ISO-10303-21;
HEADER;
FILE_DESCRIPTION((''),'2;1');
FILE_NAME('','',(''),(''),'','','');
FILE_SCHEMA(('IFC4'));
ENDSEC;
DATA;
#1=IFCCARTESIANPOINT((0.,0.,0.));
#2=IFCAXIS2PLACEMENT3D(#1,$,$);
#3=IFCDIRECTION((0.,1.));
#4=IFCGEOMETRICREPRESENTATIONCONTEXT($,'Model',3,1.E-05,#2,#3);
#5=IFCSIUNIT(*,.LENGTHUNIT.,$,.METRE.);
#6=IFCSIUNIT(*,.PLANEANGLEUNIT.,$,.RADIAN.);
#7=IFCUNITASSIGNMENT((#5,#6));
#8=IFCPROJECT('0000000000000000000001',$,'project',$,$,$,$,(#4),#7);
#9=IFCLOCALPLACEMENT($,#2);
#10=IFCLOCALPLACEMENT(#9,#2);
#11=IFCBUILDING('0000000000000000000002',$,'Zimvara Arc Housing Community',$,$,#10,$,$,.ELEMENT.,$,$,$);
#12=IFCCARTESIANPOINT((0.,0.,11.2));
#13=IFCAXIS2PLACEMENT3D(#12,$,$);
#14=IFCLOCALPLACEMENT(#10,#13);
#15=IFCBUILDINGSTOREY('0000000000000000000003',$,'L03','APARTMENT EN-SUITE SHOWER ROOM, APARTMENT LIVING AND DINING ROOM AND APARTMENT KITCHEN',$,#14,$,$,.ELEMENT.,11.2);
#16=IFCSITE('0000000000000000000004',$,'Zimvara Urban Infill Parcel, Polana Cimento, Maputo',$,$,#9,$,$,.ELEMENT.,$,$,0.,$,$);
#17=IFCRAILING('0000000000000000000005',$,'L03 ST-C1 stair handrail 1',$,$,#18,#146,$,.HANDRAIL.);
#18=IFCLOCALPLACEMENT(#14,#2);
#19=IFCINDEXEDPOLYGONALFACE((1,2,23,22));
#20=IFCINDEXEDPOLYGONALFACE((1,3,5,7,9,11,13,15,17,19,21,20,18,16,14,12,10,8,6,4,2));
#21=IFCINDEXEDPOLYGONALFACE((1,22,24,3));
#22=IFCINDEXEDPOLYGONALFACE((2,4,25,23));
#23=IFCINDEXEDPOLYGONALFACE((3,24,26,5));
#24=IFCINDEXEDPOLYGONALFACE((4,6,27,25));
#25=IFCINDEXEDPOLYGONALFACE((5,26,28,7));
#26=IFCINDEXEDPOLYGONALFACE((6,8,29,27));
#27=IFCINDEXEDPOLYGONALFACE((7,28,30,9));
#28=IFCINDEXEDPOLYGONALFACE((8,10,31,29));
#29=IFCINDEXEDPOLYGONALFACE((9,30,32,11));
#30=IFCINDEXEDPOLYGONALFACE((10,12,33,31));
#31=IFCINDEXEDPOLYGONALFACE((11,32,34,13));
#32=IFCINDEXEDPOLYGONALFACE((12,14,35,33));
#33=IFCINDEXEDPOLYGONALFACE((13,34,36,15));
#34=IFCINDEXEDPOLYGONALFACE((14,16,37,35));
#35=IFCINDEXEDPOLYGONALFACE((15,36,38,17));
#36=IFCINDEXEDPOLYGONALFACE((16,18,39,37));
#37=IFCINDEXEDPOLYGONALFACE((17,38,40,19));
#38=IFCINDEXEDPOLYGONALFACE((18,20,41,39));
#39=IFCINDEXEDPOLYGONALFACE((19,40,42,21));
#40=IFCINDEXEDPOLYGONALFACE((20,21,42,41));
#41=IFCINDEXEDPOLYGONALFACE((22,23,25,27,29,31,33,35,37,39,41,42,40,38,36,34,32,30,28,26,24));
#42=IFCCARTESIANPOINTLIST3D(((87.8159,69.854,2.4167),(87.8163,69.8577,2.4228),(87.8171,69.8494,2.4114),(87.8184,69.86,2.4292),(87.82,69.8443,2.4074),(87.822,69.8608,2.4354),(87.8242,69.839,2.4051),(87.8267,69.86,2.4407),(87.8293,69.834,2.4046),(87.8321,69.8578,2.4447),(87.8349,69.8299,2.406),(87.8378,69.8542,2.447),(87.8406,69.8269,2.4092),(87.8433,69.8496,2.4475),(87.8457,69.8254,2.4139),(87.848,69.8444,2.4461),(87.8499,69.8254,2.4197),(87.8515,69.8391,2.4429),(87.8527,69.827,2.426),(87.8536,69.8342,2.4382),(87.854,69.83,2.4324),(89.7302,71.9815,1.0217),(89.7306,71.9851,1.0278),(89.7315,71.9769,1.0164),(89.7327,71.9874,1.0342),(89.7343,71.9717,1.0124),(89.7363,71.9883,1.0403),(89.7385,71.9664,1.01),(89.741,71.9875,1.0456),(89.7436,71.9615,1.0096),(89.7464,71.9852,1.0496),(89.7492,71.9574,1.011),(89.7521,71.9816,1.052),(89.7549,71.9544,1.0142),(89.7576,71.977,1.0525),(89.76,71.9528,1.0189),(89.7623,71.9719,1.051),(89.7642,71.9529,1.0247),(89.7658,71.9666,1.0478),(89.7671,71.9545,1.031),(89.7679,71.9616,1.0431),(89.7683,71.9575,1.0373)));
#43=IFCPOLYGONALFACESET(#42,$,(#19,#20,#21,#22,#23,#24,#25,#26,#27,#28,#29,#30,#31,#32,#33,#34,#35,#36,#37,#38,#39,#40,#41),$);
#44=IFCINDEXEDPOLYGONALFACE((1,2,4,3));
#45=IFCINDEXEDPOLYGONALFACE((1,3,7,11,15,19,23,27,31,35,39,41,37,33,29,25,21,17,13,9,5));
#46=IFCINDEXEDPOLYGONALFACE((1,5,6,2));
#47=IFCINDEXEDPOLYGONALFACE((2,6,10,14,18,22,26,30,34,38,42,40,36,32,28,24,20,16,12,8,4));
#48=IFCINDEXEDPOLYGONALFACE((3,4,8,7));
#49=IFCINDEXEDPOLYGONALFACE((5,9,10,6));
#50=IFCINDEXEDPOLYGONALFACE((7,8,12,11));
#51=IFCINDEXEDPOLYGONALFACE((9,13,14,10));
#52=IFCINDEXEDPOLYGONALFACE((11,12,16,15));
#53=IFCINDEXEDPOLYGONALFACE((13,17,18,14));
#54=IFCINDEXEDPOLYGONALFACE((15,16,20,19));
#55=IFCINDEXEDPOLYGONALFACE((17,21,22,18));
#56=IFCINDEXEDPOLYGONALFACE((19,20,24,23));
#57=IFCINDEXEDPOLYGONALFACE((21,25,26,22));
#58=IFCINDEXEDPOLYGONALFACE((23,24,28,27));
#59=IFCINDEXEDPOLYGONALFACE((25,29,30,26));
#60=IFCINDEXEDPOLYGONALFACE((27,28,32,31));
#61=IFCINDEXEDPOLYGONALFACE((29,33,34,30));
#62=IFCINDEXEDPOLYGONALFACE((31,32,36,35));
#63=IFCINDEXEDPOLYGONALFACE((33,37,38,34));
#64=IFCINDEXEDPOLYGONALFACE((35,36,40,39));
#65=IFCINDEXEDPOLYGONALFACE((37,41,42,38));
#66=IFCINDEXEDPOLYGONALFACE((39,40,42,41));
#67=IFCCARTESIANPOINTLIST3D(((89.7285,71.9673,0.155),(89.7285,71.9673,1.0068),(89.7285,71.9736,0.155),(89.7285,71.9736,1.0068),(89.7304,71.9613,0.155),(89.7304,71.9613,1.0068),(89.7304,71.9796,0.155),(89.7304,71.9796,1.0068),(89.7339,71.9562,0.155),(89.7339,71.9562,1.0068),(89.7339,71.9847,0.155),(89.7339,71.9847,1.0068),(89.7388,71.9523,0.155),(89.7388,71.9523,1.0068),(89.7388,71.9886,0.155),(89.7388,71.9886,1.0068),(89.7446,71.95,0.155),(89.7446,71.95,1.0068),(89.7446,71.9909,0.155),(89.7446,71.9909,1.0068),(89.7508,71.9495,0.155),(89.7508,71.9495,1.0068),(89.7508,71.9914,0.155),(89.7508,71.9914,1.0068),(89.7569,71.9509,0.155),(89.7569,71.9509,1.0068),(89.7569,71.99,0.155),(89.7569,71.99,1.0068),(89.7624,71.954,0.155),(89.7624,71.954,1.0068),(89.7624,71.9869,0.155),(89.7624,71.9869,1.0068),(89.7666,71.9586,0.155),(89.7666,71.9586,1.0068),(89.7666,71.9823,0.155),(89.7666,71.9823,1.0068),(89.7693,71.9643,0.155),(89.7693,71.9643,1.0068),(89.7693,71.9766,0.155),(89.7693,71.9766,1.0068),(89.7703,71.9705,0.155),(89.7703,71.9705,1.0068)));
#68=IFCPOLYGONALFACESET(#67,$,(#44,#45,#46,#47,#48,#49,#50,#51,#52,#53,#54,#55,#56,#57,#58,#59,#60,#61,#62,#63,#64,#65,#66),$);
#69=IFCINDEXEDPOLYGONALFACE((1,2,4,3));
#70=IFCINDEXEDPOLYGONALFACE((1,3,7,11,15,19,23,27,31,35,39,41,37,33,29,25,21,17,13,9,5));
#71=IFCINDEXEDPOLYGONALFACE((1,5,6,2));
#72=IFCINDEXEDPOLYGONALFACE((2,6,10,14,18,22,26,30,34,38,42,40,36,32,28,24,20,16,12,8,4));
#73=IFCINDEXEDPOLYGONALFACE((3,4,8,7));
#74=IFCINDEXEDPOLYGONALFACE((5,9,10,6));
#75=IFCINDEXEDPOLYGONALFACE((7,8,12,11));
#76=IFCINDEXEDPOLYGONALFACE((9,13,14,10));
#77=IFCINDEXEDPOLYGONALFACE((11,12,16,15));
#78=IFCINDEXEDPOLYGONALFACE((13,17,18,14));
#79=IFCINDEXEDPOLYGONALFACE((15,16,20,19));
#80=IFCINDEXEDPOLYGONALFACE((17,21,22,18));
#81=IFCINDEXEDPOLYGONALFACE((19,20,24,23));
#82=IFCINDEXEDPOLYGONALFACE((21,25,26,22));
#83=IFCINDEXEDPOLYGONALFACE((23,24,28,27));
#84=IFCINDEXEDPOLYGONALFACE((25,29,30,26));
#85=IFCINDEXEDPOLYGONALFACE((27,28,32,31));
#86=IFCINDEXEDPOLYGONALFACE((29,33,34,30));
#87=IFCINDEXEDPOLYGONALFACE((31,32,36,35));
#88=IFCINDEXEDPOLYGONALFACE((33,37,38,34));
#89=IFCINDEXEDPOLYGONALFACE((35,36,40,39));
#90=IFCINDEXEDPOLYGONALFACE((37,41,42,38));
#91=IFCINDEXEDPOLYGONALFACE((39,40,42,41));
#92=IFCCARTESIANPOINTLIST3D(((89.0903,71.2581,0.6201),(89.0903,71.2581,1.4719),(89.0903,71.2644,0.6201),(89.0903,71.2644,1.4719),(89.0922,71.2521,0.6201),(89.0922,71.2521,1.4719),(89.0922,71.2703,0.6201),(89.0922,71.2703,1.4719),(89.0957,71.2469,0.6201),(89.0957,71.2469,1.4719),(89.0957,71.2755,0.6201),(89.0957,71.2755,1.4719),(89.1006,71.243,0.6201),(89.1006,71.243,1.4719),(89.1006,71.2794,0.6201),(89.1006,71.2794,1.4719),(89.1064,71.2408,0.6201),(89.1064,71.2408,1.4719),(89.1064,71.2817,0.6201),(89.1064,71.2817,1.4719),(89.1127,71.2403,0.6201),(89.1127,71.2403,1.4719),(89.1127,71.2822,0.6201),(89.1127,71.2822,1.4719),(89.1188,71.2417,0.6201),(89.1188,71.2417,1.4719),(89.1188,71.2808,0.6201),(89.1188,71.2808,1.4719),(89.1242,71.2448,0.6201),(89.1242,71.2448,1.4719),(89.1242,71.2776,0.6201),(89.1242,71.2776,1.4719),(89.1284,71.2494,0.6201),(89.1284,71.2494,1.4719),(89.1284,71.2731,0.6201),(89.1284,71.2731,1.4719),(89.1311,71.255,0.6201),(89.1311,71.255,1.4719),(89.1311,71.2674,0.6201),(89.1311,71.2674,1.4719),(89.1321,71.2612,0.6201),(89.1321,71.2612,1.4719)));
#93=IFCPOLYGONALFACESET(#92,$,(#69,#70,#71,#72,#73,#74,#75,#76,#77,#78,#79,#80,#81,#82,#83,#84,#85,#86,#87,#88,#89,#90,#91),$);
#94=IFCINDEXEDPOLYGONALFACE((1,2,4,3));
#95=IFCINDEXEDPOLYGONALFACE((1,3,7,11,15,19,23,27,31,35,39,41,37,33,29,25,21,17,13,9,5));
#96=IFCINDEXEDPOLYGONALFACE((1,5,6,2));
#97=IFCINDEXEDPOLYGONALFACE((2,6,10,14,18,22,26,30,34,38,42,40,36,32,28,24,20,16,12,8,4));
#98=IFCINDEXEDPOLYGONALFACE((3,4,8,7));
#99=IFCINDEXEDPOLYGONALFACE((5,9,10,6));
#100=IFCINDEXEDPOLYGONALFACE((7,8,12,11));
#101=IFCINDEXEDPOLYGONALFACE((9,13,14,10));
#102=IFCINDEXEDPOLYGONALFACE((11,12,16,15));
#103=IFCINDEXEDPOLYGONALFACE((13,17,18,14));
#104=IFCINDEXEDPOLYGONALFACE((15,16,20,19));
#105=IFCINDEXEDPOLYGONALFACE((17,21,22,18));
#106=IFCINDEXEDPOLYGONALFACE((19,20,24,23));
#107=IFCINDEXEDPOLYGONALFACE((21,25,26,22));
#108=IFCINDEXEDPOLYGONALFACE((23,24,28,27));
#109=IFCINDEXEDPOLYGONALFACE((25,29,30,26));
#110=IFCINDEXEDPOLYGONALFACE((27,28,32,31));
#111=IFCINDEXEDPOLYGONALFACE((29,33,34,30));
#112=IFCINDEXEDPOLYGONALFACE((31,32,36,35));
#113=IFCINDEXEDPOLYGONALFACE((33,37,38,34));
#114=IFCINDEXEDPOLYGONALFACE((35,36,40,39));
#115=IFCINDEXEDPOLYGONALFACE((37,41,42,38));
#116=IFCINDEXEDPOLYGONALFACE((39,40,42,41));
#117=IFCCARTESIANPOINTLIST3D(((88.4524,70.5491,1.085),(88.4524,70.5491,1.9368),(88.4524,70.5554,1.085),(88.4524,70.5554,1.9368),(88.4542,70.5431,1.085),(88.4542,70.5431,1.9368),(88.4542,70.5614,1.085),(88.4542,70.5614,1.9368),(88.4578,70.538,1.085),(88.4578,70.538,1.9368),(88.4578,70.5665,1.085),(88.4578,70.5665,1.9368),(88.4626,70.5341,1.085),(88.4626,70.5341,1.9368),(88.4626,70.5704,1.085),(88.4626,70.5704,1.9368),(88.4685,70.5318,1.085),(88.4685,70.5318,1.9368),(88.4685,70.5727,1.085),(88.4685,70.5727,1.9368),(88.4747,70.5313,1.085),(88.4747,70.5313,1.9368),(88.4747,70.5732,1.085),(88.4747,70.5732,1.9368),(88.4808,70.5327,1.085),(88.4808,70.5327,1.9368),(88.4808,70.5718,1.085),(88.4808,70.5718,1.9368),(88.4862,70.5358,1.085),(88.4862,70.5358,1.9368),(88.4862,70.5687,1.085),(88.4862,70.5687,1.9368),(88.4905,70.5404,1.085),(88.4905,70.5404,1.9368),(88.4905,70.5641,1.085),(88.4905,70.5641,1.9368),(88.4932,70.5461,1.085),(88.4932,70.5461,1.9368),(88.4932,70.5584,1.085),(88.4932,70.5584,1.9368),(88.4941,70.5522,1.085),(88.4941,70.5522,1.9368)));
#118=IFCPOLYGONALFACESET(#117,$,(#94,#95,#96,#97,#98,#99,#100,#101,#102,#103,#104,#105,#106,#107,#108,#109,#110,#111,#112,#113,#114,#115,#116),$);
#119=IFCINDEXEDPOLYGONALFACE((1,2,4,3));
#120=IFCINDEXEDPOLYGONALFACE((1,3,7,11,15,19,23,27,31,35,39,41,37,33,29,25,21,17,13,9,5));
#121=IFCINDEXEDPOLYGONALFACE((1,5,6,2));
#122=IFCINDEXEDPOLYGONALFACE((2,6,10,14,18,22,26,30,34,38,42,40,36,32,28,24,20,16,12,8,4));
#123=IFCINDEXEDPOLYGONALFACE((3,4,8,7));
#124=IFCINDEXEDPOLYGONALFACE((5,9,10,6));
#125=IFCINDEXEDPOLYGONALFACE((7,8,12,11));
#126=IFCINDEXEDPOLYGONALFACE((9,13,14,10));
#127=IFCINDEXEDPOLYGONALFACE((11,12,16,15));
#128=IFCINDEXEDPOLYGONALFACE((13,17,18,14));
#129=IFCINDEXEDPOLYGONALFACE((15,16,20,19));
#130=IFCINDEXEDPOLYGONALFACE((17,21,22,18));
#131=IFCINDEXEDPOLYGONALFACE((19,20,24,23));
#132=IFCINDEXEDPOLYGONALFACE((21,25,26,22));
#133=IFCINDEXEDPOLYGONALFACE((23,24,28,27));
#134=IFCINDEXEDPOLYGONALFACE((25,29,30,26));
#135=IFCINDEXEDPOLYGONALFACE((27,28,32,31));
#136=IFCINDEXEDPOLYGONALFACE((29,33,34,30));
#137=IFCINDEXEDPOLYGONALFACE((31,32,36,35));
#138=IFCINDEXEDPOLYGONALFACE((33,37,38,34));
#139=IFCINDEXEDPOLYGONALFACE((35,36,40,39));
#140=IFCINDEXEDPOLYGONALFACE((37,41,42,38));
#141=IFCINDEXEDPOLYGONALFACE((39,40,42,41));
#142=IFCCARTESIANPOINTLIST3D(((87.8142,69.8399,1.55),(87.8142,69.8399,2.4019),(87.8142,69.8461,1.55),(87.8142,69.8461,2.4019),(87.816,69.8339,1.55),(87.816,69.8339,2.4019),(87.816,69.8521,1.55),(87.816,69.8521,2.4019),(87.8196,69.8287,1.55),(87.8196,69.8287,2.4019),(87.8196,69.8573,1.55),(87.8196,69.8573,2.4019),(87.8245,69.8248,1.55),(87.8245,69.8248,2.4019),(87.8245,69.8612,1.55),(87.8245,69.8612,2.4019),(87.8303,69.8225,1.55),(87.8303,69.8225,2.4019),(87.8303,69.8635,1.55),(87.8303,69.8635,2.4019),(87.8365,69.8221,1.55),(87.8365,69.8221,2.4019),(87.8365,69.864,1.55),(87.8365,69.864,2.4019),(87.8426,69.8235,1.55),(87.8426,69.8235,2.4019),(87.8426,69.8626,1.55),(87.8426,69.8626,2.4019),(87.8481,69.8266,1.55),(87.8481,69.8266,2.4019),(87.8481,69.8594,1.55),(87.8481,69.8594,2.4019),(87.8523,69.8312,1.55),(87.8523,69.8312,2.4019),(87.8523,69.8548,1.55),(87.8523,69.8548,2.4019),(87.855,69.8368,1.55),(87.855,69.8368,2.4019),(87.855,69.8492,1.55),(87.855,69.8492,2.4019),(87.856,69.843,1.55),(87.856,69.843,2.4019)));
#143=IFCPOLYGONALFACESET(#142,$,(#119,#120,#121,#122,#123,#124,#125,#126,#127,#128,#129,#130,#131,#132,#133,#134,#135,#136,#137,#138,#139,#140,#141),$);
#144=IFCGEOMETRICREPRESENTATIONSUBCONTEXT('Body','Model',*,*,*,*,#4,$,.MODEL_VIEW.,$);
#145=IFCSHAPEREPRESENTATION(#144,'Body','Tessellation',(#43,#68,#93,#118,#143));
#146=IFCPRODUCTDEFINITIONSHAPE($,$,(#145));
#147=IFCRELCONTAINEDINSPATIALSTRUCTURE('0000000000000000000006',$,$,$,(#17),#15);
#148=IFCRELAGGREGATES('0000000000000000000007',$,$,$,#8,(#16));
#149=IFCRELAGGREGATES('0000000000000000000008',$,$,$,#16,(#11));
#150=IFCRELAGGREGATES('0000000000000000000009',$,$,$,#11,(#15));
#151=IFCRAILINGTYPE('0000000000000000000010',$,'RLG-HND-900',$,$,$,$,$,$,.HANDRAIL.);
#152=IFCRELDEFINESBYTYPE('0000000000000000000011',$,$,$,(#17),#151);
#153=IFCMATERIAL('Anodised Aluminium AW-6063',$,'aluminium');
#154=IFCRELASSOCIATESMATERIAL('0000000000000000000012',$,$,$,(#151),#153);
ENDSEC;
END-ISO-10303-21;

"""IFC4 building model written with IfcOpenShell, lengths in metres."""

from ifc_helpers import new_model, si_unit, direction, frame, origin, origin_2d, place, context, subcontext, project, spatial, circle, extrude, material, type_object, element, save


model = new_model("IFC4")

# Units and contexts
model_context = context("Model", 3, precision=1e-05, world=origin(), true_north=direction((0.0, 1.0)))
body_context = subcontext(model_context, "Body", "Model", "MODEL_VIEW")
ifc_project = project(units=[si_unit("LENGTHUNIT", "METRE"), si_unit("PLANEANGLEUNIT", "RADIAN")], contexts=[model_context])

# Site, building, storey
site_placement = place(None, origin())
site = spatial("IfcSite", under=ifc_project, at=site_placement, Name="Zimvara Urban Infill Parcel, Polana Cimento, Maputo", CompositionType="ELEMENT", RefElevation=0.0)
building_placement = place(site_placement, origin())
building = spatial("IfcBuilding", under=site, at=building_placement, Name="Zimvara Arc Housing Community", CompositionType="ELEMENT")
storey_placement = place(building_placement, frame((0.0, 0.0, 11.2)))
storey = spatial("IfcBuildingStorey", under=building, at=storey_placement, Name="L03", Description="APARTMENT EN-SUITE SHOWER ROOM, APARTMENT LIVING AND DINING ROOM AND APARTMENT KITCHEN", CompositionType="ELEMENT", Elevation=11.2)

# Railing
ifc_material_1 = material(Name="Anodised Aluminium AW-6063", Category="aluminium")
railing_type_1 = type_object("IfcRailingType", Name="RLG-HND-900", PredefinedType="HANDRAIL", material=ifc_material_1)
railing_1_placement = place(storey_placement, frame((89.7493, 71.9705, 0.155)))
element("IfcRailing", 1, at=railing_1_placement, inside=storey, type_object=railing_type_1, Name="L03 ST-C1 stair handrail 1", PredefinedType="HANDRAIL", context=body_context, shape_type="SweptSolid", body=[
    extrude(circle(Radius=0.0239, at=origin_2d()), frame((0.0, 0.0, 0.876), z_axis=(-0.601263, -0.668206, 0.43816), x_axis=(0.743362, -0.668889, 0.0)), (0.0, 0.0, 1.0), 3.1838),
    extrude(circle(Radius=0.021, at=origin_2d()), origin(), (0.0, 0.0, 1.0), 0.8518),
    extrude(circle(Radius=0.021, at=origin_2d()), frame((-0.6382, -0.7092, 0.4651)), (0.0, 0.0, 1.0), 0.8518),
    extrude(circle(Radius=0.021, at=origin_2d()), frame((-1.2761, -1.4182, 0.9299)), (0.0, 0.0, 1.0), 0.8518),
    extrude(circle(Radius=0.021, at=origin_2d()), frame((-1.9143, -2.1274, 1.395)), (0.0, 0.0, 1.0), 0.8518),
])

save(model, "model.ifc")
